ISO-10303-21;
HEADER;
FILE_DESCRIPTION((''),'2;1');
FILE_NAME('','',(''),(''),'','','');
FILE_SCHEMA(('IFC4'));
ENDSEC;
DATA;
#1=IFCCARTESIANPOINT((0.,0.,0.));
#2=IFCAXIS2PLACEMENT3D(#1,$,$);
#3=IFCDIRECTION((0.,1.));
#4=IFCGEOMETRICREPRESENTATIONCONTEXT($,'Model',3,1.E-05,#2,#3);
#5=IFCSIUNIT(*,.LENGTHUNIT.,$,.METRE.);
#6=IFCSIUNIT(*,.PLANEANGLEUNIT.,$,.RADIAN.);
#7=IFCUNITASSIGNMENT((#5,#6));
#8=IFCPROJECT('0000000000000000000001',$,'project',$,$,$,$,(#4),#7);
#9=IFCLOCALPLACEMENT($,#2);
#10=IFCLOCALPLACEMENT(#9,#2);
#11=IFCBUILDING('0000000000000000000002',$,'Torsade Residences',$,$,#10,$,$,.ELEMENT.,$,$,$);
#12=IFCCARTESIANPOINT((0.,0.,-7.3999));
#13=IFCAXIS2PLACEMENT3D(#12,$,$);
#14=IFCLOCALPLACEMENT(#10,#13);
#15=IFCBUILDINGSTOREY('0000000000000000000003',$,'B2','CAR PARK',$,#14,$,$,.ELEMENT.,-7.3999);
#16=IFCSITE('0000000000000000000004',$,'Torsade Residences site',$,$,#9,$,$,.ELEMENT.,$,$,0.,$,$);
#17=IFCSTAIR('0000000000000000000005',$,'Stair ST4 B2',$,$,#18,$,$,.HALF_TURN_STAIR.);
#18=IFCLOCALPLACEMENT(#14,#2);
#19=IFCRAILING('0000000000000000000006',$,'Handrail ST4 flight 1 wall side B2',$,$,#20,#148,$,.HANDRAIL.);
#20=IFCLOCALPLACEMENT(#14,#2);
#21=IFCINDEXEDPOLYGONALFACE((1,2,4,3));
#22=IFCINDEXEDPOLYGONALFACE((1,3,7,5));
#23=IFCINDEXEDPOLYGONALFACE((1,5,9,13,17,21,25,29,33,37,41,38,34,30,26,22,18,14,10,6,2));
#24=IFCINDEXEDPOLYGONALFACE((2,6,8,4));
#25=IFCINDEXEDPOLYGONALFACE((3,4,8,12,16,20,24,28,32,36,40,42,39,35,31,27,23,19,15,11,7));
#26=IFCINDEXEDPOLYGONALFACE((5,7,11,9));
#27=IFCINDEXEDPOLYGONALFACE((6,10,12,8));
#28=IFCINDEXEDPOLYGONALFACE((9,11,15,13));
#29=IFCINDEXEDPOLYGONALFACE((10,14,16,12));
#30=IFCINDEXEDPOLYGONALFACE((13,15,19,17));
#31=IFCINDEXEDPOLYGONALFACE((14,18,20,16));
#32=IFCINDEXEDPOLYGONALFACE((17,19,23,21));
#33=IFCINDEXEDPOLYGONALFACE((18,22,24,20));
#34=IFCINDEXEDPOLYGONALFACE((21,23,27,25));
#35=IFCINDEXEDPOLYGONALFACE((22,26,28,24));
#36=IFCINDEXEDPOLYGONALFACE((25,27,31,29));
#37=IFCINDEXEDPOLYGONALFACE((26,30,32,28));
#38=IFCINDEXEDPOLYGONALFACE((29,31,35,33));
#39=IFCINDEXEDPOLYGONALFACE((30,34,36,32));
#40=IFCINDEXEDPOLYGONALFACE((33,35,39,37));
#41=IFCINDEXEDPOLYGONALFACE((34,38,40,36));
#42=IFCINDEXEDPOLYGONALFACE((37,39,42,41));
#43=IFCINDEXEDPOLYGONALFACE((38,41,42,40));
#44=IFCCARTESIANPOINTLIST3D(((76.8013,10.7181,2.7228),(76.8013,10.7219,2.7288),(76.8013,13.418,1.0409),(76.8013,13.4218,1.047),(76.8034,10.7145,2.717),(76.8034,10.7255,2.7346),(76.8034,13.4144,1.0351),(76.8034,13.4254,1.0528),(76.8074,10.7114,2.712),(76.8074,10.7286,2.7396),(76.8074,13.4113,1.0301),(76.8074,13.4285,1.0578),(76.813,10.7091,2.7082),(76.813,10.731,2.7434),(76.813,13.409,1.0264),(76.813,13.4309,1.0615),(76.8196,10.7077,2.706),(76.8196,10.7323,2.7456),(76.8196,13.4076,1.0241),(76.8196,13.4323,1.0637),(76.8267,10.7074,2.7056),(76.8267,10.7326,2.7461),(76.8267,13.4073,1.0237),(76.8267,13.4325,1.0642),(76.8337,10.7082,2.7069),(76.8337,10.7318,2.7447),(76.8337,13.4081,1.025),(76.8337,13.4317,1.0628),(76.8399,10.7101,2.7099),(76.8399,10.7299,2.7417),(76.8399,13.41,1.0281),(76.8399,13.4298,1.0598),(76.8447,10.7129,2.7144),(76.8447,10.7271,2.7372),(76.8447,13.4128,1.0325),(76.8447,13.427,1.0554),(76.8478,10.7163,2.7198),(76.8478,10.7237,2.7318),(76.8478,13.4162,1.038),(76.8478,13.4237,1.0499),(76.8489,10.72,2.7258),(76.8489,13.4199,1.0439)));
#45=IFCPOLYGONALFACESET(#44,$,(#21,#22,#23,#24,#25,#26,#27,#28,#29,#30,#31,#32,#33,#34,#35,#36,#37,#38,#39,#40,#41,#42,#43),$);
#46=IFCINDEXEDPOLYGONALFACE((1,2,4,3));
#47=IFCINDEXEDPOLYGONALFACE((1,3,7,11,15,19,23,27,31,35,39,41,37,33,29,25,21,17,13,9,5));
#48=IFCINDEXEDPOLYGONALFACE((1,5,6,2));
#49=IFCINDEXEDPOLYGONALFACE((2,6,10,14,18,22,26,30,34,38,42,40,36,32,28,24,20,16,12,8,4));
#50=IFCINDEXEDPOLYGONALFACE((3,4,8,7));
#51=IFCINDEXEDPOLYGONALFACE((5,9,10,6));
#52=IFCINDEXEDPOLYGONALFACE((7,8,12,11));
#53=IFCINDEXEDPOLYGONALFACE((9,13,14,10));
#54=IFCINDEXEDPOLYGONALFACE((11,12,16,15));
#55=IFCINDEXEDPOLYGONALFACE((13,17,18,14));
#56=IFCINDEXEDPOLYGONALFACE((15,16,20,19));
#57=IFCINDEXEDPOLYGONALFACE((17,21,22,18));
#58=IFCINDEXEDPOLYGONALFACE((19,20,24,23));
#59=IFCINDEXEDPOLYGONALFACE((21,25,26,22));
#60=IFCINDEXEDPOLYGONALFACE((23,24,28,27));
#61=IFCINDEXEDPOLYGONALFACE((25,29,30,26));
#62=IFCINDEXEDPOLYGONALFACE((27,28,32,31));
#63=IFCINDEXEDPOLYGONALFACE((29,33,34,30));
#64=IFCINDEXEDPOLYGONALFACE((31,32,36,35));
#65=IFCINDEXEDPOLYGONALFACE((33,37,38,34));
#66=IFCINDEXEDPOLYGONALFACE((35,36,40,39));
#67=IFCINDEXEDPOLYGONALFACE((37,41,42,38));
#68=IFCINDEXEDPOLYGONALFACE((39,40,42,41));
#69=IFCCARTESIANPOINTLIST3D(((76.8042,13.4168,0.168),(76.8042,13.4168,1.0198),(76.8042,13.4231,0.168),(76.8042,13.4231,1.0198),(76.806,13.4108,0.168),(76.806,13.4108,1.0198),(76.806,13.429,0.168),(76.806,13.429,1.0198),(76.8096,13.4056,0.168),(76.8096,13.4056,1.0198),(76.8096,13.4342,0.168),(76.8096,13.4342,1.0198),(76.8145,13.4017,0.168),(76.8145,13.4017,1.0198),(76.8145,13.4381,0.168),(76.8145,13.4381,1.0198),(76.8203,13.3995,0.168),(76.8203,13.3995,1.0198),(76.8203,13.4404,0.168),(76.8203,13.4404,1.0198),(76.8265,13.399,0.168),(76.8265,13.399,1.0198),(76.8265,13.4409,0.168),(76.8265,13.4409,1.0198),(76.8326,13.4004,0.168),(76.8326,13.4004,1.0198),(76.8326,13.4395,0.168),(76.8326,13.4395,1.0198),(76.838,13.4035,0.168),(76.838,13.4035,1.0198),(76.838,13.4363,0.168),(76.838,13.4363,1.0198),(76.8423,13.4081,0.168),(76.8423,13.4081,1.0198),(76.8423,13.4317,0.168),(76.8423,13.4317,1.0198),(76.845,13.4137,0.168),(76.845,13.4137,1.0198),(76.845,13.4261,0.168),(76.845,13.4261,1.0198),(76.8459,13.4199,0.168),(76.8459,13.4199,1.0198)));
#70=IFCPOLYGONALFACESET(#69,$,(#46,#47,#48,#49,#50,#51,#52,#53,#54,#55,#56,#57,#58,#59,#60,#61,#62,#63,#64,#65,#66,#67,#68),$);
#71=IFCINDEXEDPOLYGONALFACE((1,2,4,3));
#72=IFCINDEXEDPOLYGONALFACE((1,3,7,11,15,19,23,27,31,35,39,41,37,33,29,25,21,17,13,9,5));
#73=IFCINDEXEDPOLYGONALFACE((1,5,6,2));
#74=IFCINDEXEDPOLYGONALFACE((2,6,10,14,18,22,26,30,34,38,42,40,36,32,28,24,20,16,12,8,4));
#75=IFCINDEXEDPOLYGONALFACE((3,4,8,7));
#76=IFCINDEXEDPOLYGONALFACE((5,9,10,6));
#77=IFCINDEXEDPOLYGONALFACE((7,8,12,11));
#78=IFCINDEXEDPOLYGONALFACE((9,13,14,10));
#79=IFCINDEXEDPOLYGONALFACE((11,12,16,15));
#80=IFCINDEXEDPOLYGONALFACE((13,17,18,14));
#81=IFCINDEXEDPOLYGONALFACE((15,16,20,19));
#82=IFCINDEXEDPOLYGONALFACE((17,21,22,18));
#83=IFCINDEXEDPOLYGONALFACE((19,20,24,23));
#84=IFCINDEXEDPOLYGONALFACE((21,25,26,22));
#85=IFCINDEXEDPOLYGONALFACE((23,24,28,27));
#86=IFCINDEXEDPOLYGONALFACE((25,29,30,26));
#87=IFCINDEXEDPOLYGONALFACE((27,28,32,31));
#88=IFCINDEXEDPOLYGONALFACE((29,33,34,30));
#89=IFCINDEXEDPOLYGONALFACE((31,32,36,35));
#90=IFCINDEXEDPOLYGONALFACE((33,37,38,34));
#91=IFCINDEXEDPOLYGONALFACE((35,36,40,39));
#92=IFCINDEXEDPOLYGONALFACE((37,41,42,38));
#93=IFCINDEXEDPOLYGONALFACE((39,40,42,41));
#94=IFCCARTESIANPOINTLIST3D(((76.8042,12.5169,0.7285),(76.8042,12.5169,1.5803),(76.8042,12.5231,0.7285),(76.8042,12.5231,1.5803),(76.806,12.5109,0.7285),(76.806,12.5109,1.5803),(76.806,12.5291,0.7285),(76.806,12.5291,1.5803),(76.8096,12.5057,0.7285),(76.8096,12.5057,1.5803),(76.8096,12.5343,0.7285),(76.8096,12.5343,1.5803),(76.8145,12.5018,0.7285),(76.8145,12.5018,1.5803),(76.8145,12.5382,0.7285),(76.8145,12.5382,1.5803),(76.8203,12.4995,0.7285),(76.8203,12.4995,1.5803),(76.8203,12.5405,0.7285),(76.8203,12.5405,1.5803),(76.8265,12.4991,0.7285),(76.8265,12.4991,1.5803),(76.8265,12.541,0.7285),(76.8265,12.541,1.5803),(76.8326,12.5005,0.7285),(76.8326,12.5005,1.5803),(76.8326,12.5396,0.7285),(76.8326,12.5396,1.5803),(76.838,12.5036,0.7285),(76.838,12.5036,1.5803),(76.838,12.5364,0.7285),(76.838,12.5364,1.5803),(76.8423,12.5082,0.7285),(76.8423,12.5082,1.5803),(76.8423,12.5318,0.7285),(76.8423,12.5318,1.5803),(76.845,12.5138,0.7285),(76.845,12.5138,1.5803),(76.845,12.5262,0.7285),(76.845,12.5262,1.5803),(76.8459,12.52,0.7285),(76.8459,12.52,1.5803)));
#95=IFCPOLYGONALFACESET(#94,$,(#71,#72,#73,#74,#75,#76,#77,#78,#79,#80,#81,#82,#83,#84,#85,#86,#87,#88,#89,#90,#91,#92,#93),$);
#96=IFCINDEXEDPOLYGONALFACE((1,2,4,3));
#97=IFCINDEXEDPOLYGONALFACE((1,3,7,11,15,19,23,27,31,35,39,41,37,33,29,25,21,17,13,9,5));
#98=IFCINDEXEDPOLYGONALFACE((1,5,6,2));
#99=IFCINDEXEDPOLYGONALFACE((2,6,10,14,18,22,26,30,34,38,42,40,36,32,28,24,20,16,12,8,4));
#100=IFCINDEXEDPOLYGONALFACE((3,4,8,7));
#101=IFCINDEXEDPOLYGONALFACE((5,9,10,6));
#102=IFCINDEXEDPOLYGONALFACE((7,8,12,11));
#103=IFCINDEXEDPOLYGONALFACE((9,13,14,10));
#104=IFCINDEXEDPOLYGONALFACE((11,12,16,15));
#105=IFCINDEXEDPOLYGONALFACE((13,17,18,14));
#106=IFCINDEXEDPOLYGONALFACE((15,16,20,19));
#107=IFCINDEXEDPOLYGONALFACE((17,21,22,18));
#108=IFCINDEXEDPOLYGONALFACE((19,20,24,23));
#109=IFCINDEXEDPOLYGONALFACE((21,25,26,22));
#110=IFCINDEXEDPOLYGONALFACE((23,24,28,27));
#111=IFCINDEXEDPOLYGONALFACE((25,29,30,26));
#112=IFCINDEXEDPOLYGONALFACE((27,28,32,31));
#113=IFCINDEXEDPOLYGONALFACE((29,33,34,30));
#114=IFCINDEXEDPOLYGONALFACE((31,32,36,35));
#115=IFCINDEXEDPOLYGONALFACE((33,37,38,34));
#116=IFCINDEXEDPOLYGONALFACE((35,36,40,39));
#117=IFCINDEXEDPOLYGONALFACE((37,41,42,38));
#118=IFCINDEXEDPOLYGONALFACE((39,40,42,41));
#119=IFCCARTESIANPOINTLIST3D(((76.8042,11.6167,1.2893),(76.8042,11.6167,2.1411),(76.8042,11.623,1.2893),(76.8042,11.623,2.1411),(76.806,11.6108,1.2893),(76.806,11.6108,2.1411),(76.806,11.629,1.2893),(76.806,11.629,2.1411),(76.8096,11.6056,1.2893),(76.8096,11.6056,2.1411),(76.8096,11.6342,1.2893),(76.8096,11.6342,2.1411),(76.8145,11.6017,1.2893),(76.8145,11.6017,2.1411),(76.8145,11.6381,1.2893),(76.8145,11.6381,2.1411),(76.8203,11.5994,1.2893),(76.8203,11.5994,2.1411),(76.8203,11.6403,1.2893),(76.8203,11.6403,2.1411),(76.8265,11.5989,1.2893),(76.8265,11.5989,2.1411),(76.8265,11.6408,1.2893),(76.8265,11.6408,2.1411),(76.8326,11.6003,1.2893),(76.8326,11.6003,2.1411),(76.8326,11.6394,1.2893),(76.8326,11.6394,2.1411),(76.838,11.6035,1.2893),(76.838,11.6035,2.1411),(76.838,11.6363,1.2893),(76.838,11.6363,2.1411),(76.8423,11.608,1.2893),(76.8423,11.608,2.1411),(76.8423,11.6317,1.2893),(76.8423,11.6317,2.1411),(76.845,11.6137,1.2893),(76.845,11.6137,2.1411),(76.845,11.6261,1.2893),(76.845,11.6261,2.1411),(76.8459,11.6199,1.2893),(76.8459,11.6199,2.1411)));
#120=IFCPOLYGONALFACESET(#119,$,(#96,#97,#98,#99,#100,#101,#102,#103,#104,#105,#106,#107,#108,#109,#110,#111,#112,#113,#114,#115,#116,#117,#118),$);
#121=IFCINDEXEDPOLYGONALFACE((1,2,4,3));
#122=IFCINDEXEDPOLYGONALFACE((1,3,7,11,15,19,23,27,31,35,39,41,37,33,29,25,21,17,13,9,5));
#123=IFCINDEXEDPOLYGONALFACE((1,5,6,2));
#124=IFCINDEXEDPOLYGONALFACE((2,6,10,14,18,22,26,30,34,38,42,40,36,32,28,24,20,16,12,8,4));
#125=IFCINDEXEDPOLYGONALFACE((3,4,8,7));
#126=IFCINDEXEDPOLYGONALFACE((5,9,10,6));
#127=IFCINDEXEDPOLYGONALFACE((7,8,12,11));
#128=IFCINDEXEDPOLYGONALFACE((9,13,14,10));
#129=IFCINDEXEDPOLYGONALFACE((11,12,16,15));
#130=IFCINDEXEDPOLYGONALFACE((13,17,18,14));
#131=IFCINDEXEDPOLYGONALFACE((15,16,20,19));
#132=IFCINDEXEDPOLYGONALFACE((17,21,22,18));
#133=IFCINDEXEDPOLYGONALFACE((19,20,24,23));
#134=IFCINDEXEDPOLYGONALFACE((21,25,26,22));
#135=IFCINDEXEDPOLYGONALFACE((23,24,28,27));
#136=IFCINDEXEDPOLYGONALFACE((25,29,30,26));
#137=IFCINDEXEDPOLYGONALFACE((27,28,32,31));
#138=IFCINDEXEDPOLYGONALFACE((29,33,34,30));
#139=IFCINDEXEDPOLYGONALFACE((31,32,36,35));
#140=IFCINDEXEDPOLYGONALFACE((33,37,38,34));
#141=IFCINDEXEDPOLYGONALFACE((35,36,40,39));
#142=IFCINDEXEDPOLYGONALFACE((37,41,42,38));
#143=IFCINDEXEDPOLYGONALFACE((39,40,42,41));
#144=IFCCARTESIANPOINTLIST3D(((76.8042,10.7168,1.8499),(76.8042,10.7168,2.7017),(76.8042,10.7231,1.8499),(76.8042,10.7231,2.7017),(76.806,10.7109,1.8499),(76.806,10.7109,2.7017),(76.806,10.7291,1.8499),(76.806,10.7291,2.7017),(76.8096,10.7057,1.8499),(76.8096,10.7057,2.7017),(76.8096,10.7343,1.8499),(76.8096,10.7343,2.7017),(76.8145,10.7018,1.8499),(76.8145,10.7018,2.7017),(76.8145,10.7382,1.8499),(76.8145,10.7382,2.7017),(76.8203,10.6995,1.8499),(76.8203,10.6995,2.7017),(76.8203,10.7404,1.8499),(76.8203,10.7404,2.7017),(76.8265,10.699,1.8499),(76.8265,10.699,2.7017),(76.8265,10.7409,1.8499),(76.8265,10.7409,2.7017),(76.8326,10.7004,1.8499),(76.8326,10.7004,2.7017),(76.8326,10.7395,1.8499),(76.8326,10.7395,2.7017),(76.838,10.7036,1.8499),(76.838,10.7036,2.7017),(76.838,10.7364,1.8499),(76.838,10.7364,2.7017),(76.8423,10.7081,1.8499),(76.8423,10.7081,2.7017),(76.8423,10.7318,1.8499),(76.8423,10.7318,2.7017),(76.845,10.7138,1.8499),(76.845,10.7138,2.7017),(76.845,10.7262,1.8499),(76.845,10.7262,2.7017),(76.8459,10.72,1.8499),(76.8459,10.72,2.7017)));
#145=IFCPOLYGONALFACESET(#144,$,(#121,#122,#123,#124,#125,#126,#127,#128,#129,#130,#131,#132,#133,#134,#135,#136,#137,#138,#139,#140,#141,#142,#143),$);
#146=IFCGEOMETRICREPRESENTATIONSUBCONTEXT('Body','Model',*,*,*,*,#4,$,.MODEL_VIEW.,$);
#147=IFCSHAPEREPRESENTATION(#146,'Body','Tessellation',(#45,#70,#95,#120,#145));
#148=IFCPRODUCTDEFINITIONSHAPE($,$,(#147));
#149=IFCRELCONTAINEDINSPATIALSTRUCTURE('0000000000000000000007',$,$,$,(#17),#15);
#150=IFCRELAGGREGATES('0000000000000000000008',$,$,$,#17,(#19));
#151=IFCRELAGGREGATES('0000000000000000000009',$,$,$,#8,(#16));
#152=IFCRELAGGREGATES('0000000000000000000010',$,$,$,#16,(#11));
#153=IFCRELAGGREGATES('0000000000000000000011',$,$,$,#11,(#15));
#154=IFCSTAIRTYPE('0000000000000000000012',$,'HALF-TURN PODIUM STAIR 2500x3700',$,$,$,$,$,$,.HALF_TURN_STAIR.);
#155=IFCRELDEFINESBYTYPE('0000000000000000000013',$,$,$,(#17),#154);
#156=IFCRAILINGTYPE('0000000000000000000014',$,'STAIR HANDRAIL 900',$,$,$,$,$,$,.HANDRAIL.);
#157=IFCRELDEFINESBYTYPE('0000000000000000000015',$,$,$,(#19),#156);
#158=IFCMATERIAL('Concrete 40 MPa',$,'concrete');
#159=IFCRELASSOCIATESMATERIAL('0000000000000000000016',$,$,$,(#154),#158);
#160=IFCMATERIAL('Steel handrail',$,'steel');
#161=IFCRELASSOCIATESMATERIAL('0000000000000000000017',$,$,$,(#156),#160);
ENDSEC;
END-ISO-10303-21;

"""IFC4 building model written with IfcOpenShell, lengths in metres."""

from ifc_helpers import new_model, si_unit, direction, frame, origin, origin_2d, place, context, subcontext, project, spatial, circle, extrude, material, type_object, element, aggregate, save


model = new_model("IFC4")

# Units and contexts
model_context = context("Model", 3, precision=1e-05, world=origin(), true_north=direction((0.0, 1.0)))
body_context = subcontext(model_context, "Body", "Model", "MODEL_VIEW")
ifc_project = project(units=[si_unit("LENGTHUNIT", "METRE"), si_unit("PLANEANGLEUNIT", "RADIAN")], contexts=[model_context])

# Site, building, storey
site_placement = place(None, origin())
site = spatial("IfcSite", under=ifc_project, at=site_placement, Name="Torsade Residences site", CompositionType="ELEMENT", RefElevation=0.0)
building_placement = place(site_placement, origin())
building = spatial("IfcBuilding", under=site, at=building_placement, Name="Torsade Residences", CompositionType="ELEMENT")
storey_placement = place(building_placement, frame((0.0, 0.0, -7.3999)))
storey = spatial("IfcBuildingStorey", under=building, at=storey_placement, Name="B2", Description="CAR PARK", CompositionType="ELEMENT", Elevation=-7.3999)

# Stair, railing
ifc_material_1 = material(Name="Concrete 40 MPa", Category="concrete")
stair_type = type_object("IfcStairType", Name="HALF-TURN PODIUM STAIR 2500x3700", PredefinedType="HALF_TURN_STAIR", material=ifc_material_1)
stair_placement = place(storey_placement, origin())
stair = element("IfcStair", 1, at=stair_placement, inside=storey, type_object=stair_type, Name="Stair ST4 B2", PredefinedType="HALF_TURN_STAIR")
ifc_material_2 = material(Name="Steel handrail", Category="steel")
railing_type = type_object("IfcRailingType", Name="STAIR HANDRAIL 900", PredefinedType="HANDRAIL", material=ifc_material_2)
railing_1_placement = place(storey_placement, frame((76.825, 13.4199, 0.168)))
railing_1 = element("IfcRailing", 2, at=railing_1_placement, type_object=railing_type, Name="Handrail ST4 flight 1 wall side B2", PredefinedType="HANDRAIL", context=body_context, shape_type="SweptSolid", body=[
    extrude(circle(Radius=0.0239, at=origin_2d()), frame((0.0, 0.0, 0.876), z_axis=(0.0, -0.848786, 0.528736), x_axis=(1.0, 0.0, 0.0)), (0.0, 0.0, 1.0), 3.1809),
    extrude(circle(Radius=0.021, at=origin_2d()), origin(), (0.0, 0.0, 1.0), 0.8518),
    extrude(circle(Radius=0.021, at=origin_2d()), frame((0.0, -0.8999, 0.5605)), (0.0, 0.0, 1.0), 0.8518),
    extrude(circle(Radius=0.021, at=origin_2d()), frame((0.0, -1.8, 1.1213)), (0.0, 0.0, 1.0), 0.8518),
    extrude(circle(Radius=0.021, at=origin_2d()), frame((0.0, -2.7, 1.6819)), (0.0, 0.0, 1.0), 0.8518),
])
aggregate(stair, [railing_1])

save(model, "model.ifc")
